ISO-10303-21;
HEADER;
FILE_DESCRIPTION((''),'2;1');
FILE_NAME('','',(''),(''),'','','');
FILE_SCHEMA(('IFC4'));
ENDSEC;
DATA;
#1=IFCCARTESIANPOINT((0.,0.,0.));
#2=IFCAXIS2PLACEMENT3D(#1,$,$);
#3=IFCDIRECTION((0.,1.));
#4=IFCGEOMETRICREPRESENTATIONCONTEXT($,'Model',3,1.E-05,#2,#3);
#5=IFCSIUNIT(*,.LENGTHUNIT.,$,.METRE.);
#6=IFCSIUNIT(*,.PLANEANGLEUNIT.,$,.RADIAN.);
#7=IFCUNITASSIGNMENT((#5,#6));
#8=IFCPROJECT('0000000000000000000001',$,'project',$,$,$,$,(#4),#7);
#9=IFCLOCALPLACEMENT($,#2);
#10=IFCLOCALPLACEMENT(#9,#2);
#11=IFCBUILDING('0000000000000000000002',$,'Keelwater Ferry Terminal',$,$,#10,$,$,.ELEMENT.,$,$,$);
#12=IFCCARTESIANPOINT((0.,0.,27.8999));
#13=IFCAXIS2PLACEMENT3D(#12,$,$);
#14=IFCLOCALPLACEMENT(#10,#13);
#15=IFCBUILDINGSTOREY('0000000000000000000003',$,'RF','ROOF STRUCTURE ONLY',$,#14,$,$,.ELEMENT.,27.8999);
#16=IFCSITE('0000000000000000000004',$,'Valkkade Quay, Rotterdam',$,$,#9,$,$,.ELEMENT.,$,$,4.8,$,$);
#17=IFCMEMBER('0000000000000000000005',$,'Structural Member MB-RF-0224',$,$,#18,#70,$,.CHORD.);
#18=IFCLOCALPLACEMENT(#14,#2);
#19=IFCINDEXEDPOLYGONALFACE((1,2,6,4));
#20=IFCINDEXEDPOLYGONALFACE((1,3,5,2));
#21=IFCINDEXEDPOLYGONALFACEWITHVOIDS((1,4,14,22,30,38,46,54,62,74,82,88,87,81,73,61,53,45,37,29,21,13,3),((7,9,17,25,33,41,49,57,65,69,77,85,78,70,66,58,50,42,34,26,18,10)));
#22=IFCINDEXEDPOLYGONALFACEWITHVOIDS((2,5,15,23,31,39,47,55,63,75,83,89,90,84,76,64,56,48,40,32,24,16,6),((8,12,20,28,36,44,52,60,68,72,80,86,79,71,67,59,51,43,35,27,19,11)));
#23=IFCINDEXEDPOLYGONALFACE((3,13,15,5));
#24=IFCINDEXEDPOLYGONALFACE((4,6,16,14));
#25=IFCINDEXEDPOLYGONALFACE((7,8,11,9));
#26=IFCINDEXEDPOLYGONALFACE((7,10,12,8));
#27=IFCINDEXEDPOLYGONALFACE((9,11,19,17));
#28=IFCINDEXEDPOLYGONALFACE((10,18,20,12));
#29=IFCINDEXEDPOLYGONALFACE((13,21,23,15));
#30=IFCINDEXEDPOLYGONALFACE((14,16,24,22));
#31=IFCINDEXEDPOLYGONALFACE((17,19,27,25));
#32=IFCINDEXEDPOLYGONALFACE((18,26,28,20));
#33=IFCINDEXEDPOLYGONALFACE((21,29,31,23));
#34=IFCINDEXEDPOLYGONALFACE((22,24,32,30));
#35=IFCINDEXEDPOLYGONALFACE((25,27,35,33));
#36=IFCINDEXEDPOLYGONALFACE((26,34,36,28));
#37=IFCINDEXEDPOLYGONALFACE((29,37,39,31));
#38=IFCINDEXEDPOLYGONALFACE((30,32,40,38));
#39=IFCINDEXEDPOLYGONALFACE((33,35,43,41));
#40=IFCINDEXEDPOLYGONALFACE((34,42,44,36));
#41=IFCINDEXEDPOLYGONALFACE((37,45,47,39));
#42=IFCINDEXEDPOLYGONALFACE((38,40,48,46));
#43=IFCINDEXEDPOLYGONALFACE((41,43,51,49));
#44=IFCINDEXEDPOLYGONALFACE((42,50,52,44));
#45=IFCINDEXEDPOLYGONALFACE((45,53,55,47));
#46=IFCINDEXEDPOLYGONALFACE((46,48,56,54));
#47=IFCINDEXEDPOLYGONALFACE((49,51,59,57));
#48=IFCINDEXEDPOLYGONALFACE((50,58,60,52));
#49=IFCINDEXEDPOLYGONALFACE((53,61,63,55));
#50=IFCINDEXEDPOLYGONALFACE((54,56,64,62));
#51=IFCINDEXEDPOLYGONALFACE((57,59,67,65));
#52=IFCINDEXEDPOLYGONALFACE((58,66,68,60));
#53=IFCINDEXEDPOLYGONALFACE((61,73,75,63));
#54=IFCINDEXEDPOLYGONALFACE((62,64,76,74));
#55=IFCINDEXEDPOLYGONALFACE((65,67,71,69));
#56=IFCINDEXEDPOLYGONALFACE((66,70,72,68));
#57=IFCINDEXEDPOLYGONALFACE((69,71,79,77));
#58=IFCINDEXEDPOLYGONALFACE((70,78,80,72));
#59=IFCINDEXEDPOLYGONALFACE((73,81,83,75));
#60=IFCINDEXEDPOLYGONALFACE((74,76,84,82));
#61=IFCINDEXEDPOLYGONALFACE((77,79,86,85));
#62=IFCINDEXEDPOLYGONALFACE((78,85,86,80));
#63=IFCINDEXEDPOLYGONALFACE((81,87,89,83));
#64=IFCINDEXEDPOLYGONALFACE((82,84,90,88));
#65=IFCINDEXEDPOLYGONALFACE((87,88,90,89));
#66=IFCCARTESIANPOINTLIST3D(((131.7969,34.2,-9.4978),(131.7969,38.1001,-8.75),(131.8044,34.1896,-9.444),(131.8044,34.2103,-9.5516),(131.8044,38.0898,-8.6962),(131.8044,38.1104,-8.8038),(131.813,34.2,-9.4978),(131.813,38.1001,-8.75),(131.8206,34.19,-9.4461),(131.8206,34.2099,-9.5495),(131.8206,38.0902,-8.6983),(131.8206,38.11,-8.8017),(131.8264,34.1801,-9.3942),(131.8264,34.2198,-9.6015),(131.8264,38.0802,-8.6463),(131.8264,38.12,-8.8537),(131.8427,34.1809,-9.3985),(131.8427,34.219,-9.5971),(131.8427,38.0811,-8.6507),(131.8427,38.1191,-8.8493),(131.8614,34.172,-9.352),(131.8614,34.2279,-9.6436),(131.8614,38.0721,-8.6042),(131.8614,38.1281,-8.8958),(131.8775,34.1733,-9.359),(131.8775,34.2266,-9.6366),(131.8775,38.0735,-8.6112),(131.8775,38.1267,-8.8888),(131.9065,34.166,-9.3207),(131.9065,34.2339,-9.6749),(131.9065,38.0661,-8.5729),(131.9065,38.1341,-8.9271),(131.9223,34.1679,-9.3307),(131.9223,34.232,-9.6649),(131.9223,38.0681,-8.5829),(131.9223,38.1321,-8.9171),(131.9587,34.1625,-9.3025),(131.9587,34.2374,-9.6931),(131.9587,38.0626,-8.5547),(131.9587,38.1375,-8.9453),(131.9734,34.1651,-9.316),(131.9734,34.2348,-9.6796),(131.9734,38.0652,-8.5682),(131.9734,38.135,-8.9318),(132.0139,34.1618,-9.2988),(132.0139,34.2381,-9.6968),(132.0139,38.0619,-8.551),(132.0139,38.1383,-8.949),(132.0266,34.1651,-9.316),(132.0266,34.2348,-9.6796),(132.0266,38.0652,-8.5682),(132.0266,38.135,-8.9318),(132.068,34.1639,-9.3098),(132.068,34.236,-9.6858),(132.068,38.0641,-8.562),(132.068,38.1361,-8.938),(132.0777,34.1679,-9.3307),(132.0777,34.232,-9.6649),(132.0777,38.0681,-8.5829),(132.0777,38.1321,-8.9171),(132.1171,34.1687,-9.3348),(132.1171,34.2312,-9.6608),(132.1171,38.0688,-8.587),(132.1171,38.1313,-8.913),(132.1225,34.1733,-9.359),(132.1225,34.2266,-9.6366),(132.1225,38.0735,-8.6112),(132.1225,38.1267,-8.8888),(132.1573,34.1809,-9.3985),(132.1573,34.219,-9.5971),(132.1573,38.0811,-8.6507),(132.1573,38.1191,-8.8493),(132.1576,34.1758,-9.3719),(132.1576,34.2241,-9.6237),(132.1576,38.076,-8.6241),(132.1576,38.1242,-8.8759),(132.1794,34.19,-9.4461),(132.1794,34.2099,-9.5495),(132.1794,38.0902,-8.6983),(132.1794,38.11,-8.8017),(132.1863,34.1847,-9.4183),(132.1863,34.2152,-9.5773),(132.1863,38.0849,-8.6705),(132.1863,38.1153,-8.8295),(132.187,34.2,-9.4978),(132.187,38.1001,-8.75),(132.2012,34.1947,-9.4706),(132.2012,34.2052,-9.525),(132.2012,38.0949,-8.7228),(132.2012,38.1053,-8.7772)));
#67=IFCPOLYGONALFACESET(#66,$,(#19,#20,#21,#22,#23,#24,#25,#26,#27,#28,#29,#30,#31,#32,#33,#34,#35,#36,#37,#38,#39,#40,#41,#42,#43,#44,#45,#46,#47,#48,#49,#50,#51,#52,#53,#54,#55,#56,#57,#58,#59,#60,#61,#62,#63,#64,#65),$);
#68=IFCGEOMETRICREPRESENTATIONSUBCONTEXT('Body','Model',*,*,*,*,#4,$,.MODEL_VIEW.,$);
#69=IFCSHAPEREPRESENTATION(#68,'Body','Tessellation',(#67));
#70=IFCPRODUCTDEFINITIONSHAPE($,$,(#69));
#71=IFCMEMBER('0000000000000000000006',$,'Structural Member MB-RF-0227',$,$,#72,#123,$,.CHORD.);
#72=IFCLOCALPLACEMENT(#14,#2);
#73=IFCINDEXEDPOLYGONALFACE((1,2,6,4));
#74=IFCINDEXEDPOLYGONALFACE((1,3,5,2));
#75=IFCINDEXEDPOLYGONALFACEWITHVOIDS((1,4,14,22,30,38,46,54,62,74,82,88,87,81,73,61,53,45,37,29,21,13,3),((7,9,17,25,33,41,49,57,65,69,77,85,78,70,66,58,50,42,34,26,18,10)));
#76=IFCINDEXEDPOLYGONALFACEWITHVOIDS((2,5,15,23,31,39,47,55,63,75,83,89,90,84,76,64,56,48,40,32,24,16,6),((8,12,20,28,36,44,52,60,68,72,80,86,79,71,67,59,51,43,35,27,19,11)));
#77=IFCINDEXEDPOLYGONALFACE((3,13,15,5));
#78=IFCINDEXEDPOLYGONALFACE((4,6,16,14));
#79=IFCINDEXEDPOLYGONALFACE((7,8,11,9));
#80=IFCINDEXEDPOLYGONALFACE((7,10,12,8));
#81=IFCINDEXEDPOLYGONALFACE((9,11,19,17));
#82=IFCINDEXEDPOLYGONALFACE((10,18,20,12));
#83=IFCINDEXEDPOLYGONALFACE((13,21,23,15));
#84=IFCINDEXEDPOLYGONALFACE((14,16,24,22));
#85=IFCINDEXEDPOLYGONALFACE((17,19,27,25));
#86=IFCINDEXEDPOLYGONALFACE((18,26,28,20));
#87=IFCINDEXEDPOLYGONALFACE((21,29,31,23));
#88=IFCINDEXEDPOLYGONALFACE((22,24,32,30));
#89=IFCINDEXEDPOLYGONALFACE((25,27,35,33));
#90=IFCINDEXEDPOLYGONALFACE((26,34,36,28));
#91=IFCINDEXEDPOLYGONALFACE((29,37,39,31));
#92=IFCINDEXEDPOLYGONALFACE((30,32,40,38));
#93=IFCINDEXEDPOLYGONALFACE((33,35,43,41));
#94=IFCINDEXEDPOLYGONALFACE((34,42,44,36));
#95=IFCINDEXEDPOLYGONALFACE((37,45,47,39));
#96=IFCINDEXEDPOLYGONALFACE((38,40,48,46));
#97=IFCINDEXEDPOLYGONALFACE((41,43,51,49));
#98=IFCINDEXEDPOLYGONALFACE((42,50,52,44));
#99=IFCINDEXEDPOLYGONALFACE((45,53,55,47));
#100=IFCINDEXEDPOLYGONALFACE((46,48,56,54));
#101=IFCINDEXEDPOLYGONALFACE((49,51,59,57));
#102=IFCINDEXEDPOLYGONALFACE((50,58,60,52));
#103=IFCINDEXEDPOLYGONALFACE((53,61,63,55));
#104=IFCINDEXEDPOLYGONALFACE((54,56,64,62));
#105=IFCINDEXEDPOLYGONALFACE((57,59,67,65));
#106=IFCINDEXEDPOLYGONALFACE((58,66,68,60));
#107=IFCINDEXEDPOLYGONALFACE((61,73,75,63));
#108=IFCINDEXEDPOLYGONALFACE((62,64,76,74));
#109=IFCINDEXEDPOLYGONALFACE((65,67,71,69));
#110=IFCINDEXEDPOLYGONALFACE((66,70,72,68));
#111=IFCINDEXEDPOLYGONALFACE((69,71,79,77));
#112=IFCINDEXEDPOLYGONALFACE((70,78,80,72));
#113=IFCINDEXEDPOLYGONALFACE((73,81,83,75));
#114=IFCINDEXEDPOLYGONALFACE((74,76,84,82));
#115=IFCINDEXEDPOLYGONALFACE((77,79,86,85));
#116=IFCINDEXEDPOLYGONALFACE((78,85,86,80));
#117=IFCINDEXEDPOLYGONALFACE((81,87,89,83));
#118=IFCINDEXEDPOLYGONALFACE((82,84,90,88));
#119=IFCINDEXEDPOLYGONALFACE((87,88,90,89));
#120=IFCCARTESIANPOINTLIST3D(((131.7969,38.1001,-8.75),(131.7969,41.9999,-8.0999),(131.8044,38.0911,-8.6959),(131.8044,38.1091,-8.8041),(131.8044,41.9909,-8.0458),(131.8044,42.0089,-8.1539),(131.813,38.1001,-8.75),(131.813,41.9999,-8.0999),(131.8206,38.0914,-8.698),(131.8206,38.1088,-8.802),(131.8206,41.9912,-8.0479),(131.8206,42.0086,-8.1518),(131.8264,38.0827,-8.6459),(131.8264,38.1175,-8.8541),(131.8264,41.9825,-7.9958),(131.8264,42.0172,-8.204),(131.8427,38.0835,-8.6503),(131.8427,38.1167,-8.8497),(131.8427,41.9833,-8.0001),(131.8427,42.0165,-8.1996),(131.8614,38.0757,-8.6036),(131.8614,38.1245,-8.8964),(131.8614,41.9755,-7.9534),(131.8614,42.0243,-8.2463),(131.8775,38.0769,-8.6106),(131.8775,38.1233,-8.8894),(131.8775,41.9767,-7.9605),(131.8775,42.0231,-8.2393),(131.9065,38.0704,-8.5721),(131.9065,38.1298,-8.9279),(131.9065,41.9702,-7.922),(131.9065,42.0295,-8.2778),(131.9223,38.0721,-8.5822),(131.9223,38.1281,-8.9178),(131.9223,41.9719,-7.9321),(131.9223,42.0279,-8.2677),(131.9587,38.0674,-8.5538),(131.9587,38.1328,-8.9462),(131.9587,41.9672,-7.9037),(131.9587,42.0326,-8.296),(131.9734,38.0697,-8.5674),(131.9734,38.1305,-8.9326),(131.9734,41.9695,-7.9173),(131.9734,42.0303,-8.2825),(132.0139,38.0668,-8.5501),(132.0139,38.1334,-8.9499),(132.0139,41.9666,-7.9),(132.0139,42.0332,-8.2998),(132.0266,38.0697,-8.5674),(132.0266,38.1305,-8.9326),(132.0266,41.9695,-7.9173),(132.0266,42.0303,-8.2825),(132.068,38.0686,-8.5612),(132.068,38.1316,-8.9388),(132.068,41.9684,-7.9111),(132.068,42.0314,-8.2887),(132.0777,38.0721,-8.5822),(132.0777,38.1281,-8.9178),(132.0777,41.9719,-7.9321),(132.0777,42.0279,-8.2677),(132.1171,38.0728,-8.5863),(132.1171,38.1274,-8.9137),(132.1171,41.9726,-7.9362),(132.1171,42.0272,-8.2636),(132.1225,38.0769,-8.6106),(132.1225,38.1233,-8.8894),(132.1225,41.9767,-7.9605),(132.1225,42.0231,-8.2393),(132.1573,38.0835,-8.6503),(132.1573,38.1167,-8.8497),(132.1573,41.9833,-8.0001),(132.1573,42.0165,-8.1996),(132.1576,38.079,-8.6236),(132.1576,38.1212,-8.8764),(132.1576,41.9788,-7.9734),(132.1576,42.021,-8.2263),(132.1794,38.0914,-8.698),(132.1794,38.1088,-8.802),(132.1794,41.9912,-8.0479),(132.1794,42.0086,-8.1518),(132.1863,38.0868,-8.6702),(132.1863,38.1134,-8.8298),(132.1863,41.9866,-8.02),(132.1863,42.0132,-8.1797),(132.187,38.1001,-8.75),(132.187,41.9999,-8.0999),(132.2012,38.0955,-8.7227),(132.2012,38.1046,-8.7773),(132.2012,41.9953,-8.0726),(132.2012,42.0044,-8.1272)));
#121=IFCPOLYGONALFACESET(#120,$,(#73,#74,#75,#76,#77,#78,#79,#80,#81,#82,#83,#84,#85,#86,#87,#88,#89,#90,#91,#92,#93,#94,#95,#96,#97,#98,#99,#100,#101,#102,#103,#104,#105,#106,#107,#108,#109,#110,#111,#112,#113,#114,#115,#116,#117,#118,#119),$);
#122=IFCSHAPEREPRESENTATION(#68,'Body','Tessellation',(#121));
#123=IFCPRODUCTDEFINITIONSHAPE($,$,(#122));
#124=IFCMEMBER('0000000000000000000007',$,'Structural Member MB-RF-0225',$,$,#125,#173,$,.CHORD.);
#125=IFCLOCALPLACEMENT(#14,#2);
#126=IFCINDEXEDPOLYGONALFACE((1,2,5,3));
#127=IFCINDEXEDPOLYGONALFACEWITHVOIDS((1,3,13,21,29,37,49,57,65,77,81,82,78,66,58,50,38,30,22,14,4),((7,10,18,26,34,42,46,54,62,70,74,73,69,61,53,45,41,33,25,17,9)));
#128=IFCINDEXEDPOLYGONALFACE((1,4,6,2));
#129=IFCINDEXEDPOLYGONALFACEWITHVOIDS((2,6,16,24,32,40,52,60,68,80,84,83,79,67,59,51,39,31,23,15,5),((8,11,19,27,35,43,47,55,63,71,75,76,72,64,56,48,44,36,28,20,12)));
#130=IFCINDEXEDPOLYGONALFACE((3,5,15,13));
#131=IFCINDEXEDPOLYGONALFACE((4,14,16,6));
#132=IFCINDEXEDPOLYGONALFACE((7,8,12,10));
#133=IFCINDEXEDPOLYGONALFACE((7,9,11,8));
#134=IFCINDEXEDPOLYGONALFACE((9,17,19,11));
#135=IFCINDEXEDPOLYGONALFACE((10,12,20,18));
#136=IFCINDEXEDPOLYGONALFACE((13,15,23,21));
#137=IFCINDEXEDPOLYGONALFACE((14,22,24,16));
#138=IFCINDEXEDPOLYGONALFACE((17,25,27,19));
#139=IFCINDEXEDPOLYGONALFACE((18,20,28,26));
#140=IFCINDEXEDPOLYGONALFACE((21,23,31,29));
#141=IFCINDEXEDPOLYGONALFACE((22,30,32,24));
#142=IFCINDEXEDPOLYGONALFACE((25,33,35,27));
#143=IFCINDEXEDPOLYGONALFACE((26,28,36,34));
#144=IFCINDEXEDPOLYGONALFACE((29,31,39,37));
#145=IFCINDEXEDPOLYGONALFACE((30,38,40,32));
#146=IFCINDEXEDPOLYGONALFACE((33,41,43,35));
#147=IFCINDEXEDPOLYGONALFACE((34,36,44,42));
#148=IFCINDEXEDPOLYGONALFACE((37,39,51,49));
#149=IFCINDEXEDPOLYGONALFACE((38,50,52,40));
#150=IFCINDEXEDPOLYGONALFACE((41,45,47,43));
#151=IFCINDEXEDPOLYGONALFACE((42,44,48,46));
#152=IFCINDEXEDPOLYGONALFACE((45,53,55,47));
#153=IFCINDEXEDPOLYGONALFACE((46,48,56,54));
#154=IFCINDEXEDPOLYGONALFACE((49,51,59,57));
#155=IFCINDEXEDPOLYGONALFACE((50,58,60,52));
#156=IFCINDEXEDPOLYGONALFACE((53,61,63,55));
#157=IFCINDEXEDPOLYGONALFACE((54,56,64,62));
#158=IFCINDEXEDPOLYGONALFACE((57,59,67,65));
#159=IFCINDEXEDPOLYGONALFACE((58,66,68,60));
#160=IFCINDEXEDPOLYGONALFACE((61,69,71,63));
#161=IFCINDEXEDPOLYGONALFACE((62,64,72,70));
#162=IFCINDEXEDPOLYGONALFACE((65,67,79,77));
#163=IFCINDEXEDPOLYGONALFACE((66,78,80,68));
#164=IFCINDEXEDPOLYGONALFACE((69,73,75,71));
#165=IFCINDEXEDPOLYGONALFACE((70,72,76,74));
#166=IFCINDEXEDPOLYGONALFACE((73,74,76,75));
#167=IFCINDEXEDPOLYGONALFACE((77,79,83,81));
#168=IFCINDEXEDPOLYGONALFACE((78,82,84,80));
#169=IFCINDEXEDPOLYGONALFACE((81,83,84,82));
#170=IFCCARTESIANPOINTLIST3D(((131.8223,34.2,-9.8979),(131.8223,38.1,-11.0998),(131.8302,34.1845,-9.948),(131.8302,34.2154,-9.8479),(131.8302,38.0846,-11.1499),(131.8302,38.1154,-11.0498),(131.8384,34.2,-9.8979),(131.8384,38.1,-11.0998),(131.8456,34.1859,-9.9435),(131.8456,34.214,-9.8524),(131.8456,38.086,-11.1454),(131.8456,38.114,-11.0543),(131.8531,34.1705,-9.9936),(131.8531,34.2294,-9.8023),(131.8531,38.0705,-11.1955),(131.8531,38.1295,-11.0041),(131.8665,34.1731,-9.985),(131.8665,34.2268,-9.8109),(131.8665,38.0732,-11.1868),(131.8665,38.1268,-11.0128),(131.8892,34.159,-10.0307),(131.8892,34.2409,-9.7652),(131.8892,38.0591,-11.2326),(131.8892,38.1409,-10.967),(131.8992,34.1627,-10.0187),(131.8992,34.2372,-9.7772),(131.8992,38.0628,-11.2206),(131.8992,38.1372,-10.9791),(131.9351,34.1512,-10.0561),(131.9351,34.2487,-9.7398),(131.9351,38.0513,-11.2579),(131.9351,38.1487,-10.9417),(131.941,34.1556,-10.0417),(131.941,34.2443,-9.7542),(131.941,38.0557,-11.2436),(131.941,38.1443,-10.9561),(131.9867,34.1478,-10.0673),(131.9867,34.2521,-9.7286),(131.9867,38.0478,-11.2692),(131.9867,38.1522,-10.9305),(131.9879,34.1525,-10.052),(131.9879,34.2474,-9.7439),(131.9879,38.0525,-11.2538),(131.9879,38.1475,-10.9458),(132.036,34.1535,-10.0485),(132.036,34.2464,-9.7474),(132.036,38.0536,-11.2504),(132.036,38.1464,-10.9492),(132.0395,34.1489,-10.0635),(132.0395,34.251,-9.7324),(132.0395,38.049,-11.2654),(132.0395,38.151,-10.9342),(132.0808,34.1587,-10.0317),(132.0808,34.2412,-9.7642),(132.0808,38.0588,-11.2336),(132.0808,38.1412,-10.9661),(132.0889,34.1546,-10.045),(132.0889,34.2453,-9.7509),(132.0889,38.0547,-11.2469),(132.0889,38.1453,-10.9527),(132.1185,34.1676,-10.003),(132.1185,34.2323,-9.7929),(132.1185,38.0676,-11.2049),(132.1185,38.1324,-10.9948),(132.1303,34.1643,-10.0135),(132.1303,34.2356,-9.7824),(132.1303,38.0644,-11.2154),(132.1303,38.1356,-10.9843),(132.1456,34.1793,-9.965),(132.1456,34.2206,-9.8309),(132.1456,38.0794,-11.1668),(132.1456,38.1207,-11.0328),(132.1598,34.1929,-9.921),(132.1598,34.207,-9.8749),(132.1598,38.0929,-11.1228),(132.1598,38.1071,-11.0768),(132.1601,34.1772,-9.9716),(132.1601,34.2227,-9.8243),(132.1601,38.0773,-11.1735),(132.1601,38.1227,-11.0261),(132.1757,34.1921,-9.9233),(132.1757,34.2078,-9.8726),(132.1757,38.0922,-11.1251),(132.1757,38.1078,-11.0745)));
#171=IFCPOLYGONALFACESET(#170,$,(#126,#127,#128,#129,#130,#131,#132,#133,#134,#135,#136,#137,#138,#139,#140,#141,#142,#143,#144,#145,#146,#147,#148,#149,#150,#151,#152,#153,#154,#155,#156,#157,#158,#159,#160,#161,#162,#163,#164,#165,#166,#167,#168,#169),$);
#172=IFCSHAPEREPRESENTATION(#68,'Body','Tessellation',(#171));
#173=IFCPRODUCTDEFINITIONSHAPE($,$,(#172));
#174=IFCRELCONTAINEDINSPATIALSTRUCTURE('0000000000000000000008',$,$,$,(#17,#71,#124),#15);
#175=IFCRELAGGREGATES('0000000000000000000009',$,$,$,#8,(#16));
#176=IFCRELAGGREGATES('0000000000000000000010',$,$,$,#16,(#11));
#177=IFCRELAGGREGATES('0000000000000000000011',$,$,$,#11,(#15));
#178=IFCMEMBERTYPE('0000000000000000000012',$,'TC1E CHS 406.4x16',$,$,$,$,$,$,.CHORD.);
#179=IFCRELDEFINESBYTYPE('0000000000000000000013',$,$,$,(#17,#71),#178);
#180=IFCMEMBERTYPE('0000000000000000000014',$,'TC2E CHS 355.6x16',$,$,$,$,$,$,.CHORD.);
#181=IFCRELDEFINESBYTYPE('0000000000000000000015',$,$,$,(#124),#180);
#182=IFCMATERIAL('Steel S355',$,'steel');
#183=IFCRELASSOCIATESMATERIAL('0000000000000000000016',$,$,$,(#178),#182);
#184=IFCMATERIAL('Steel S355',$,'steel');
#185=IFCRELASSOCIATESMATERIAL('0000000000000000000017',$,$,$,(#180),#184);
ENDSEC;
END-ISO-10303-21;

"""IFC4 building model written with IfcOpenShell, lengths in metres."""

from ifc_helpers import new_model, si_unit, direction, frame, origin, origin_2d, place, context, subcontext, project, spatial, hollow_circle, extrude, material, material_profile, profile_set, type_object, element, save


model = new_model("IFC4")

# Units and contexts
model_context = context("Model", 3, precision=1e-05, world=origin(), true_north=direction((0.0, 1.0)))
body_context = subcontext(model_context, "Body", "Model", "MODEL_VIEW")
ifc_project = project(units=[si_unit("LENGTHUNIT", "METRE"), si_unit("PLANEANGLEUNIT", "RADIAN")], contexts=[model_context])

# Site, building, storey
site_placement = place(None, origin())
site = spatial("IfcSite", under=ifc_project, at=site_placement, Name="Valkkade Quay, Rotterdam", CompositionType="ELEMENT", RefElevation=4.8)
building_placement = place(site_placement, origin())
building = spatial("IfcBuilding", under=site, at=building_placement, Name="Keelwater Ferry Terminal", CompositionType="ELEMENT")
storey_placement = place(building_placement, frame((0.0, 0.0, 27.8999)))
storey = spatial("IfcBuildingStorey", under=building, at=storey_placement, Name="RF", Description="ROOF STRUCTURE ONLY", CompositionType="ELEMENT", Elevation=27.8999)

# Members
ifc_material_1 = material(Name="Steel S355", Category="steel")
ifc_material_profile_1 = material_profile(ifc_material_1, hollow_circle(Radius=0.2031, WallThickness=0.0161, at=origin_2d()), Name="CHS 406.4x16")
ifc_profile_set_1 = profile_set([ifc_material_profile_1], Name="Steel S355")
member_type_1 = type_object("IfcMemberType", Name="TC1E CHS 406.4x16", PredefinedType="CHORD", material=ifc_profile_set_1)
member_1_placement = place(storey_placement, frame((132.0, 34.2, -9.4978), z_axis=(0.0, 0.98211, 0.188307), x_axis=(-1.0, 0.0, 0.0)))
element("IfcMember", 1, at=member_1_placement, inside=storey, type_object=member_type_1, Name="Structural Member MB-RF-0224", PredefinedType="CHORD", context=body_context, shape_type="SweptSolid", body=[
    extrude(hollow_circle(Radius=0.2031, WallThickness=0.0161, at=origin_2d()), origin(), (0.0, 0.0, 1.0), 3.9712),
])
member_2_placement = place(storey_placement, frame((132.0, 38.1001, -8.75), z_axis=(0.0, 0.986387, 0.164439), x_axis=(-1.0, 0.0, 0.0)))
element("IfcMember", 2, at=member_2_placement, inside=storey, type_object=member_type_1, Name="Structural Member MB-RF-0227", PredefinedType="CHORD", context=body_context, shape_type="SweptSolid", body=[
    extrude(hollow_circle(Radius=0.2031, WallThickness=0.0161, at=origin_2d()), origin(), (0.0, 0.0, 1.0), 3.9536),
])
ifc_material_2 = material(Name="Steel S355", Category="steel")
ifc_material_profile_2 = material_profile(ifc_material_2, hollow_circle(Radius=0.1777, WallThickness=0.0161, at=origin_2d()), Name="CHS 355.6x16")
ifc_profile_set_2 = profile_set([ifc_material_profile_2], Name="Steel S355")
member_type_2 = type_object("IfcMemberType", Name="TC2E CHS 355.6x16", PredefinedType="CHORD", material=ifc_profile_set_2)
member_3_placement = place(storey_placement, frame((132.0, 34.2, -9.8979), z_axis=(0.0, 0.955651, -0.294502), x_axis=(-1.0, 0.0, 0.0)))
element("IfcMember", 3, at=member_3_placement, inside=storey, type_object=member_type_2, Name="Structural Member MB-RF-0225", PredefinedType="CHORD", context=body_context, shape_type="SweptSolid", body=[
    extrude(hollow_circle(Radius=0.1777, WallThickness=0.0161, at=origin_2d()), origin(), (0.0, 0.0, 1.0), 4.0811),
])

save(model, "model.ifc")
